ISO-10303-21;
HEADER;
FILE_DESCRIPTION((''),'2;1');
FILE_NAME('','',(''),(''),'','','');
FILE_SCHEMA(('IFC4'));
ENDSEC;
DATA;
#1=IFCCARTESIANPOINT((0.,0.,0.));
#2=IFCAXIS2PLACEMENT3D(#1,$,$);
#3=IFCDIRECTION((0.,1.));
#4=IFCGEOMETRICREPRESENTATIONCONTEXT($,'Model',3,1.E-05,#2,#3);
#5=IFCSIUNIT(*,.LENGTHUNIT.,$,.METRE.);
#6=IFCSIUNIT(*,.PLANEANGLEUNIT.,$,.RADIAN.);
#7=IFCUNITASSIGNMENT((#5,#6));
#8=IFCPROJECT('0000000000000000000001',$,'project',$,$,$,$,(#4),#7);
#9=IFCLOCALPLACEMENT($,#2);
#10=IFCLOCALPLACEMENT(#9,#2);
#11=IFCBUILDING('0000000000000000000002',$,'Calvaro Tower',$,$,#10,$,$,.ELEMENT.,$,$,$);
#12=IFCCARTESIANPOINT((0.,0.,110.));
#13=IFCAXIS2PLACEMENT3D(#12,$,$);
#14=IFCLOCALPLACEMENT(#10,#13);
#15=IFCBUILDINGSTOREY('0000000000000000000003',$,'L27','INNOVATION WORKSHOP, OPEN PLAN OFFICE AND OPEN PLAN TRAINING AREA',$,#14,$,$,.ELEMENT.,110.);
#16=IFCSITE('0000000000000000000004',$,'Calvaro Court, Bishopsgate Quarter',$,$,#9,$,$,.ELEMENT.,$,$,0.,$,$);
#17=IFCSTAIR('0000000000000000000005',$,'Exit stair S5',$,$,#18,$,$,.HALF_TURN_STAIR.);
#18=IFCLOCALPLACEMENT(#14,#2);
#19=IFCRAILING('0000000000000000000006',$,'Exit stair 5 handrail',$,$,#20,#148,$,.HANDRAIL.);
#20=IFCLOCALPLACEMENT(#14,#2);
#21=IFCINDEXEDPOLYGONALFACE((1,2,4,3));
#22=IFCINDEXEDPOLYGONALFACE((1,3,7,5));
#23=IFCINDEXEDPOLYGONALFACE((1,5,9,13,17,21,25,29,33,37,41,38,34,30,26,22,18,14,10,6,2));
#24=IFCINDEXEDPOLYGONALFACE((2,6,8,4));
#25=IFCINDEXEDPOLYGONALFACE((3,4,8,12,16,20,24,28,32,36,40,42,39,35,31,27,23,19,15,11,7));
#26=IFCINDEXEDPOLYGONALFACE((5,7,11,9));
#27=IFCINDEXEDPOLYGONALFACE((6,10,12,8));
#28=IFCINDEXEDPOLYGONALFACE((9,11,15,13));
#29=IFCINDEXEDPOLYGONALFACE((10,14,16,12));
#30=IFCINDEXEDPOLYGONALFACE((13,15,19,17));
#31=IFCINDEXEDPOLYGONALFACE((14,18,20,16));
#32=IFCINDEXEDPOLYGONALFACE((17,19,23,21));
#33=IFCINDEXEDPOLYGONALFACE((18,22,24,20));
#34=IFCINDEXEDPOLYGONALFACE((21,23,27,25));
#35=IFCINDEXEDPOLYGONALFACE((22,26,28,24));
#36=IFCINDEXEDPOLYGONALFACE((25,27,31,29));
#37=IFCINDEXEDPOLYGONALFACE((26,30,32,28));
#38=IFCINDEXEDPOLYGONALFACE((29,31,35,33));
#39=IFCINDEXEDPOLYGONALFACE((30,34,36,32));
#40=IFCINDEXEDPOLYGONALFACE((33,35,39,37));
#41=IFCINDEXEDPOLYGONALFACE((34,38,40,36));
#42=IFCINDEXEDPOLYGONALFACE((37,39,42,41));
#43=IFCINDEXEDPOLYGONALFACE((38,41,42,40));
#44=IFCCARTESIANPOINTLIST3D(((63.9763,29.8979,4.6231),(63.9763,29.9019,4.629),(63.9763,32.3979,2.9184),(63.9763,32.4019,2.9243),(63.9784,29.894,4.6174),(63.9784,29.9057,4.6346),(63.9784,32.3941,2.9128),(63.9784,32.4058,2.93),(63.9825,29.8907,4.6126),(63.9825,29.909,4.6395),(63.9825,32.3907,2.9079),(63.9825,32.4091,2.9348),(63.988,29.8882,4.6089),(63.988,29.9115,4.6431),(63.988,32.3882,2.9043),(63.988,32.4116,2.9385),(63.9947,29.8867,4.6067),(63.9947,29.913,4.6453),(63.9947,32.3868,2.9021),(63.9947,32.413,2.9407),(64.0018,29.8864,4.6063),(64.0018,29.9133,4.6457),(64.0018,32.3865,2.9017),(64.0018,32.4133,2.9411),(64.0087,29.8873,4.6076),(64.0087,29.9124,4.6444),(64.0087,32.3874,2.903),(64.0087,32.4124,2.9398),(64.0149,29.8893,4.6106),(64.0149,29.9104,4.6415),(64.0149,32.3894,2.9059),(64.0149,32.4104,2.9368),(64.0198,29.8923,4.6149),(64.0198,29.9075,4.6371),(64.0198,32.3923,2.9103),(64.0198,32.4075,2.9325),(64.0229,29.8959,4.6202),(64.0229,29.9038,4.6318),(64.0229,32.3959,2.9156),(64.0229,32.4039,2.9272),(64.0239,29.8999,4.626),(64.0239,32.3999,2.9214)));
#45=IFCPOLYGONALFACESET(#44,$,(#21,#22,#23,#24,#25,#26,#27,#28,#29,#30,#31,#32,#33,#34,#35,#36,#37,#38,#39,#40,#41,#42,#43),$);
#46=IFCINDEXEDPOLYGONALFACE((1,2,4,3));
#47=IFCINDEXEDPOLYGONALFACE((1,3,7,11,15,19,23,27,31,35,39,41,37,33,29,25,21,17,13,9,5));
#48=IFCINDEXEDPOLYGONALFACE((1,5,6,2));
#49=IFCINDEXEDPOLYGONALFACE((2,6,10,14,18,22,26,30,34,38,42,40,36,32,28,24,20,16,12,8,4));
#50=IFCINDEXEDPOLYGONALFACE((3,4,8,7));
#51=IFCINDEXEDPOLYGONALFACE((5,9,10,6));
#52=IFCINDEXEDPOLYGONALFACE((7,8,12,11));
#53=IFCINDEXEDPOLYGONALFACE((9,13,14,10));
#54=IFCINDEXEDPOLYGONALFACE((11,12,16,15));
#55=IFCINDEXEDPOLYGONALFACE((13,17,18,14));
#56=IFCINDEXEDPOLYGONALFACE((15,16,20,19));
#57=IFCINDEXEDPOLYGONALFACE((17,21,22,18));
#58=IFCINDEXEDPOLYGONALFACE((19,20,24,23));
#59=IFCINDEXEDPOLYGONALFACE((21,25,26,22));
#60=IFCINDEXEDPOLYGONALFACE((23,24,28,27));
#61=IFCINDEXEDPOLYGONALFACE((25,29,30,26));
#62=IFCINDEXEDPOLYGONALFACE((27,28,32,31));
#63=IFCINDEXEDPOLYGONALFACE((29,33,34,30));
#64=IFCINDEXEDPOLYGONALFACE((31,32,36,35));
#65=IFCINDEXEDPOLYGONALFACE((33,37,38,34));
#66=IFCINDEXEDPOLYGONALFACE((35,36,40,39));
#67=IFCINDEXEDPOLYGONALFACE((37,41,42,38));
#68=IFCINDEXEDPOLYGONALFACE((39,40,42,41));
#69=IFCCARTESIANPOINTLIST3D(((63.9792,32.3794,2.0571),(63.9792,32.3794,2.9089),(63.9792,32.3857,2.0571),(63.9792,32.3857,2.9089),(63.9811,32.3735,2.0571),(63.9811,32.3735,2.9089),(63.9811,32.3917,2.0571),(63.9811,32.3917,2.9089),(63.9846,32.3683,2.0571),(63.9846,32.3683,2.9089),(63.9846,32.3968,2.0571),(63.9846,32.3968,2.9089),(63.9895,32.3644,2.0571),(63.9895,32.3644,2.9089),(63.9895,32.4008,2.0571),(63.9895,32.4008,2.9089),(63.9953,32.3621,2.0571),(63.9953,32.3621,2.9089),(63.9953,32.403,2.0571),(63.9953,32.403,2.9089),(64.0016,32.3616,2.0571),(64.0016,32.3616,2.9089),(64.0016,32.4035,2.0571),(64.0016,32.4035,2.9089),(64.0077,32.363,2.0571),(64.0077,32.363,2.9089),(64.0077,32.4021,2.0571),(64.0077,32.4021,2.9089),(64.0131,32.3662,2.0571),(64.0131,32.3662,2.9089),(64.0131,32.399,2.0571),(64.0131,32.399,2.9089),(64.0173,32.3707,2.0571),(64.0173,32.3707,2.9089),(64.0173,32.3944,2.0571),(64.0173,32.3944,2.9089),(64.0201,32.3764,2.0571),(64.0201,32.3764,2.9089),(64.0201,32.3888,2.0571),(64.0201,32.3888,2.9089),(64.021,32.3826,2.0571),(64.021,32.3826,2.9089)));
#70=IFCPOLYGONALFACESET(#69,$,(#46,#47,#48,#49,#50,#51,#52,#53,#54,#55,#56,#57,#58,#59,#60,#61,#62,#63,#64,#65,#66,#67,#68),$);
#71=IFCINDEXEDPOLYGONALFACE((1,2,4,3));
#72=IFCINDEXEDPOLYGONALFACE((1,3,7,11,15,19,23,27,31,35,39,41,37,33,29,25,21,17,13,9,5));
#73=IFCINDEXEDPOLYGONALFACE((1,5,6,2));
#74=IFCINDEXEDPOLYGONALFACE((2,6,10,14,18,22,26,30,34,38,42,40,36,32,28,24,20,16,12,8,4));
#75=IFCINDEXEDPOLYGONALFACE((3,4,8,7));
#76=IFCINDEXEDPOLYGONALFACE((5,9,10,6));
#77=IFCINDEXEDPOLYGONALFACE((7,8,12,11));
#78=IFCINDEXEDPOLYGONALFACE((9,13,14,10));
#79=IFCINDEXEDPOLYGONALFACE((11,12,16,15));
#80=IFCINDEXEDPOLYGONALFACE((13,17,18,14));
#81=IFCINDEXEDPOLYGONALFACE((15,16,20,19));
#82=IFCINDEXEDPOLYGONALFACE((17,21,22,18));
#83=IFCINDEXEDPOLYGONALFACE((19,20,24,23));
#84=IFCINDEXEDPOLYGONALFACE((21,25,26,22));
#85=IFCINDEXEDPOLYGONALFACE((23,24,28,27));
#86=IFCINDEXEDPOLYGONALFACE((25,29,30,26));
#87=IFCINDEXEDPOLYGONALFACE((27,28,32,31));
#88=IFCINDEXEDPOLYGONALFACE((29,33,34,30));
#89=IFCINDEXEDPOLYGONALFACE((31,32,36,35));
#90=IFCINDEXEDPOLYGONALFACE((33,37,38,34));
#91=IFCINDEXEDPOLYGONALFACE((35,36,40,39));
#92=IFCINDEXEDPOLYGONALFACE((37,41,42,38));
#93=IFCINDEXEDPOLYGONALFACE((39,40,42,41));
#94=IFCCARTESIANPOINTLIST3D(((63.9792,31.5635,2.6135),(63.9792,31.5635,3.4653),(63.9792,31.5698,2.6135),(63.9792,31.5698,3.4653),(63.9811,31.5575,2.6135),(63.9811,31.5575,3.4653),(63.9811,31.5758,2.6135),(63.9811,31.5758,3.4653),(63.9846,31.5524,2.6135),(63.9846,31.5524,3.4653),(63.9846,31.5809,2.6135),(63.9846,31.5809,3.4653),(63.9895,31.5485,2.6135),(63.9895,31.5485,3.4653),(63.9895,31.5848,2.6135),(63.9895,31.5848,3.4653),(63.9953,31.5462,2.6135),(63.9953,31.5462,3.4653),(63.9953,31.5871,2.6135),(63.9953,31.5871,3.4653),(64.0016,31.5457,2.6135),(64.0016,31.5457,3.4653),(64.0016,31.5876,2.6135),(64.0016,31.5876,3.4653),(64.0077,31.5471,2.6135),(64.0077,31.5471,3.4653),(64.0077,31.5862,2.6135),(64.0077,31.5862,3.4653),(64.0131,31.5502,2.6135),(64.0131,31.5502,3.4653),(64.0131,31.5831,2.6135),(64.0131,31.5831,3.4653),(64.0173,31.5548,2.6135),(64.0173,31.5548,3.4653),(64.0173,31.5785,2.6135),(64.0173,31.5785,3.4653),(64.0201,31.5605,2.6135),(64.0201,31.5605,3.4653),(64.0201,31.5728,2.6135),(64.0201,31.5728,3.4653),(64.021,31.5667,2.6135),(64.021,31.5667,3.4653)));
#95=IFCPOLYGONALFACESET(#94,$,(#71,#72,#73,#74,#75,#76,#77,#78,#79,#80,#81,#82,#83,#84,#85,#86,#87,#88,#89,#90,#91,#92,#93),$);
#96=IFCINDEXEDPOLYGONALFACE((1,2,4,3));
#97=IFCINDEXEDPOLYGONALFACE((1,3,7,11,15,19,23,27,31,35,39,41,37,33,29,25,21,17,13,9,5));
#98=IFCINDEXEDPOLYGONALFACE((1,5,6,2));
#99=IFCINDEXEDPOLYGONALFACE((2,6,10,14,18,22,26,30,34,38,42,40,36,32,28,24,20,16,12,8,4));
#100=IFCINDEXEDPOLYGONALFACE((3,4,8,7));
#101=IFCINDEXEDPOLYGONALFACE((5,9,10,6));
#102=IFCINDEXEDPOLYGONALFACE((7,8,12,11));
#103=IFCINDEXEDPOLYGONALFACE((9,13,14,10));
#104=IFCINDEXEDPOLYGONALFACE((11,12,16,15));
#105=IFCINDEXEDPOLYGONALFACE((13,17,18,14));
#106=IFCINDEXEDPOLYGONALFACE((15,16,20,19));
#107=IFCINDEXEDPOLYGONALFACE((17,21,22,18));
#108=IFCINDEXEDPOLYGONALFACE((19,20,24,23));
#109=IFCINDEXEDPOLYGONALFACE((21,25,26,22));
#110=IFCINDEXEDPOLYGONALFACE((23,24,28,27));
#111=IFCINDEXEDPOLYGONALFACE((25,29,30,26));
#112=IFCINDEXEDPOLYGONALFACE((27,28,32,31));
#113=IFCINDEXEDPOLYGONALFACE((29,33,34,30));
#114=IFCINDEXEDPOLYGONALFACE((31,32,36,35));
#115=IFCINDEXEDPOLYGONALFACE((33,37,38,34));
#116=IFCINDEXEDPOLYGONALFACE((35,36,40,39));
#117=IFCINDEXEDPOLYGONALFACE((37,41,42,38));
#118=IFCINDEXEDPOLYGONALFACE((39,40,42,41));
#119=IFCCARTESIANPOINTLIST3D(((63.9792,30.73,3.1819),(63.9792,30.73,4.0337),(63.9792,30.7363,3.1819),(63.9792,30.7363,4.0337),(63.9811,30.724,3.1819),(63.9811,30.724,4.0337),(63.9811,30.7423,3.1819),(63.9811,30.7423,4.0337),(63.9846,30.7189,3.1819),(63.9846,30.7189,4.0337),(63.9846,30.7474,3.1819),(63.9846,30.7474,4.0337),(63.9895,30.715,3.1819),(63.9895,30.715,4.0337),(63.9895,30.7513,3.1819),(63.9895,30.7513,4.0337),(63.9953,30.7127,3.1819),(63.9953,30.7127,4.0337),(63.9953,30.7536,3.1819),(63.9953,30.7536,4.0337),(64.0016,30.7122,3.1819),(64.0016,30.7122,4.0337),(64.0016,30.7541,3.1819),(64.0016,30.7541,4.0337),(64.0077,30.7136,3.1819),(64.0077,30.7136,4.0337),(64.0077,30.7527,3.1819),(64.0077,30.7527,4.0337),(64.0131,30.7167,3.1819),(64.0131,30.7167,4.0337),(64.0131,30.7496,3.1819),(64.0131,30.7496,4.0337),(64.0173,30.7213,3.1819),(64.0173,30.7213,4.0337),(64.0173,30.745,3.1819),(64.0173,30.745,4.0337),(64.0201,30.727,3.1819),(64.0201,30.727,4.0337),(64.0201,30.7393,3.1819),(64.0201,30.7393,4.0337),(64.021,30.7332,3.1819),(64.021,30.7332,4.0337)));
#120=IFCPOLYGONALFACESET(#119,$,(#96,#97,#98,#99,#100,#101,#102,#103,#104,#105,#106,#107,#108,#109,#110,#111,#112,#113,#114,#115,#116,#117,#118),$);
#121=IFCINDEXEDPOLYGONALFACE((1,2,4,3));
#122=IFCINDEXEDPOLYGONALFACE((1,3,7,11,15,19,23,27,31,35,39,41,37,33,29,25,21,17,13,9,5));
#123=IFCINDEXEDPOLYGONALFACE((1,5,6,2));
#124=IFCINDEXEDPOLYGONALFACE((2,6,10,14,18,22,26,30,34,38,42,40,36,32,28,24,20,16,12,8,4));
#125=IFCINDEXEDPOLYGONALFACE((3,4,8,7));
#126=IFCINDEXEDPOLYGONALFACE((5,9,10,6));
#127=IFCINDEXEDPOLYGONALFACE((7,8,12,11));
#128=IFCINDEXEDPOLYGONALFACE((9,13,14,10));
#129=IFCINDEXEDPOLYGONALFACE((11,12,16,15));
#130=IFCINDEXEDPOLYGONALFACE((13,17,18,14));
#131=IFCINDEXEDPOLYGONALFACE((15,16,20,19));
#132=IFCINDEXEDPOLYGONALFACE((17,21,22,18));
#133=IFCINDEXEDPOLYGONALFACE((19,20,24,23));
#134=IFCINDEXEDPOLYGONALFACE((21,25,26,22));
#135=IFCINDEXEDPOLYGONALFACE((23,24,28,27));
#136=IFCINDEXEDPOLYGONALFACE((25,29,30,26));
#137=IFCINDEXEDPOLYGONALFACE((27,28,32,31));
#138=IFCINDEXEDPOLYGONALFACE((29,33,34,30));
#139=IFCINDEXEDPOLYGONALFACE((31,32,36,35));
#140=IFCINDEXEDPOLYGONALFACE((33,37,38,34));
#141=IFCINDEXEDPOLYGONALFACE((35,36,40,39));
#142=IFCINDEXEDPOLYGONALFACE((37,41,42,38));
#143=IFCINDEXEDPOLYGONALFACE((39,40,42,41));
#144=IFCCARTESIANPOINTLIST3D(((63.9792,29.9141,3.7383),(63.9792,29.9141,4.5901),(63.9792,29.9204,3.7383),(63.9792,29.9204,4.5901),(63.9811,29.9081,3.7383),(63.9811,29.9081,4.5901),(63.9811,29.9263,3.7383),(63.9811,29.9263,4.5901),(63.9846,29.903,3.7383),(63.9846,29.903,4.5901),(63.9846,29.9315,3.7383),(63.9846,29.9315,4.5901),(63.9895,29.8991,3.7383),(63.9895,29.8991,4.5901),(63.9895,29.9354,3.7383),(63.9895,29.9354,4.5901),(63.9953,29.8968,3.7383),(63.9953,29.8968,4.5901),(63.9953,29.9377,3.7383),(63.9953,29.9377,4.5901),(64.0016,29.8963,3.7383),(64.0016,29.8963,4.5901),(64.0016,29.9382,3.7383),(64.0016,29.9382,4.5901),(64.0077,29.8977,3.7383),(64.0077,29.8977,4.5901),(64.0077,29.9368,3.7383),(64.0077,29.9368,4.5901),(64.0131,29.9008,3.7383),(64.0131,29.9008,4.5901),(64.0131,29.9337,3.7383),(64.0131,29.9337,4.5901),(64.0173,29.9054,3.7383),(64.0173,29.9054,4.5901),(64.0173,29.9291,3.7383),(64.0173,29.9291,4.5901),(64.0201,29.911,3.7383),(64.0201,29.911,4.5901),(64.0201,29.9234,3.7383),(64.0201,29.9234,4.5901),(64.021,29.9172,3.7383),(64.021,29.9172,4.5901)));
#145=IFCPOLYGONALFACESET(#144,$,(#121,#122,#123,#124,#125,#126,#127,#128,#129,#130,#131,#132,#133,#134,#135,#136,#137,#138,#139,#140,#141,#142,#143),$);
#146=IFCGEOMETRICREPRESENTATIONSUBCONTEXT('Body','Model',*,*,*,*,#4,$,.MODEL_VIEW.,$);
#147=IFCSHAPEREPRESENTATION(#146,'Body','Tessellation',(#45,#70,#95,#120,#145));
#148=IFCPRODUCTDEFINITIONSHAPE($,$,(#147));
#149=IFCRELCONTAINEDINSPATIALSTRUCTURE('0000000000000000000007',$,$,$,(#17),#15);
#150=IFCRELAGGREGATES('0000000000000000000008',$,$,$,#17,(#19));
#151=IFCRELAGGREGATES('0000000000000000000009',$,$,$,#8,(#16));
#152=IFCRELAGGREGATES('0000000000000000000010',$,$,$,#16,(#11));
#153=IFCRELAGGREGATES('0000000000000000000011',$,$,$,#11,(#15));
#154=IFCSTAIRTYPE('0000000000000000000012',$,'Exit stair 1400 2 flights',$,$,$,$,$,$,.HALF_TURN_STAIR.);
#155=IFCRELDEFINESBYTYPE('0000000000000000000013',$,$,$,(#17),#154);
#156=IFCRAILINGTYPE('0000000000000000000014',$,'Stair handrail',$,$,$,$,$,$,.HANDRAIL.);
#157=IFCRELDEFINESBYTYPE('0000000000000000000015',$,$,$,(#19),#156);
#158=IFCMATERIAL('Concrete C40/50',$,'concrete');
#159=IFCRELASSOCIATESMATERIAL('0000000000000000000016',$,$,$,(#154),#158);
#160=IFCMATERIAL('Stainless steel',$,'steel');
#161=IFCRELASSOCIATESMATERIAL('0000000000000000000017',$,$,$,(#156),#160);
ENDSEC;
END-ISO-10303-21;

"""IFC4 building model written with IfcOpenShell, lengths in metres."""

from ifc_helpers import new_model, si_unit, direction, frame, origin, origin_2d, place, context, subcontext, project, spatial, circle, extrude, material, type_object, element, aggregate, save


model = new_model("IFC4")

# Units and contexts
model_context = context("Model", 3, precision=1e-05, world=origin(), true_north=direction((0.0, 1.0)))
body_context = subcontext(model_context, "Body", "Model", "MODEL_VIEW")
ifc_project = project(units=[si_unit("LENGTHUNIT", "METRE"), si_unit("PLANEANGLEUNIT", "RADIAN")], contexts=[model_context])

# Site, building, storey
site_placement = place(None, origin())
site = spatial("IfcSite", under=ifc_project, at=site_placement, Name="Calvaro Court, Bishopsgate Quarter", CompositionType="ELEMENT", RefElevation=0.0)
building_placement = place(site_placement, origin())
building = spatial("IfcBuilding", under=site, at=building_placement, Name="Calvaro Tower", CompositionType="ELEMENT")
storey_placement = place(building_placement, frame((0.0, 0.0, 110.0)))
storey = spatial("IfcBuildingStorey", under=building, at=storey_placement, Name="L27", Description="INNOVATION WORKSHOP, OPEN PLAN OFFICE AND OPEN PLAN TRAINING AREA", CompositionType="ELEMENT", Elevation=110.0)

# Stair, railing
ifc_material_1 = material(Name="Concrete C40/50", Category="concrete")
stair_type = type_object("IfcStairType", Name="Exit stair 1400 2 flights", PredefinedType="HALF_TURN_STAIR", material=ifc_material_1)
stair_placement = place(storey_placement, origin())
stair = element("IfcStair", 1, at=stair_placement, inside=storey, type_object=stair_type, Name="Exit stair S5", PredefinedType="HALF_TURN_STAIR")
ifc_material_2 = material(Name="Stainless steel", Category="steel")
railing_type = type_object("IfcRailingType", Name="Stair handrail", PredefinedType="HANDRAIL", material=ifc_material_2)
railing_1_placement = place(storey_placement, frame((64.0, 32.3999, 2.0454)))
railing_1 = element("IfcRailing", 2, at=railing_1_placement, type_object=railing_type, Name="Exit stair 5 handrail", PredefinedType="HANDRAIL", context=body_context, shape_type="SweptSolid", body=[
    extrude(circle(Radius=0.0239, at=origin_2d()), frame((0.0, 0.0, 0.876), z_axis=(0.0, -0.826221, 0.563347), x_axis=(1.0, 0.0, 0.0)), (0.0, 0.0, 1.0), 3.0259),
    extrude(circle(Radius=0.021, at=origin_2d()), frame((0.0, -0.0173, 0.0117)), (0.0, 0.0, 1.0), 0.8518),
    extrude(circle(Radius=0.021, at=origin_2d()), frame((0.0, -0.8333, 0.5681)), (0.0, 0.0, 1.0), 0.8518),
    extrude(circle(Radius=0.021, at=origin_2d()), frame((0.0, -1.6667, 1.1365)), (0.0, 0.0, 1.0), 0.8518),
    extrude(circle(Radius=0.021, at=origin_2d()), frame((0.0, -2.4827, 1.6929)), (0.0, 0.0, 1.0), 0.8518),
])
aggregate(stair, [railing_1])

save(model, "model.ifc")
